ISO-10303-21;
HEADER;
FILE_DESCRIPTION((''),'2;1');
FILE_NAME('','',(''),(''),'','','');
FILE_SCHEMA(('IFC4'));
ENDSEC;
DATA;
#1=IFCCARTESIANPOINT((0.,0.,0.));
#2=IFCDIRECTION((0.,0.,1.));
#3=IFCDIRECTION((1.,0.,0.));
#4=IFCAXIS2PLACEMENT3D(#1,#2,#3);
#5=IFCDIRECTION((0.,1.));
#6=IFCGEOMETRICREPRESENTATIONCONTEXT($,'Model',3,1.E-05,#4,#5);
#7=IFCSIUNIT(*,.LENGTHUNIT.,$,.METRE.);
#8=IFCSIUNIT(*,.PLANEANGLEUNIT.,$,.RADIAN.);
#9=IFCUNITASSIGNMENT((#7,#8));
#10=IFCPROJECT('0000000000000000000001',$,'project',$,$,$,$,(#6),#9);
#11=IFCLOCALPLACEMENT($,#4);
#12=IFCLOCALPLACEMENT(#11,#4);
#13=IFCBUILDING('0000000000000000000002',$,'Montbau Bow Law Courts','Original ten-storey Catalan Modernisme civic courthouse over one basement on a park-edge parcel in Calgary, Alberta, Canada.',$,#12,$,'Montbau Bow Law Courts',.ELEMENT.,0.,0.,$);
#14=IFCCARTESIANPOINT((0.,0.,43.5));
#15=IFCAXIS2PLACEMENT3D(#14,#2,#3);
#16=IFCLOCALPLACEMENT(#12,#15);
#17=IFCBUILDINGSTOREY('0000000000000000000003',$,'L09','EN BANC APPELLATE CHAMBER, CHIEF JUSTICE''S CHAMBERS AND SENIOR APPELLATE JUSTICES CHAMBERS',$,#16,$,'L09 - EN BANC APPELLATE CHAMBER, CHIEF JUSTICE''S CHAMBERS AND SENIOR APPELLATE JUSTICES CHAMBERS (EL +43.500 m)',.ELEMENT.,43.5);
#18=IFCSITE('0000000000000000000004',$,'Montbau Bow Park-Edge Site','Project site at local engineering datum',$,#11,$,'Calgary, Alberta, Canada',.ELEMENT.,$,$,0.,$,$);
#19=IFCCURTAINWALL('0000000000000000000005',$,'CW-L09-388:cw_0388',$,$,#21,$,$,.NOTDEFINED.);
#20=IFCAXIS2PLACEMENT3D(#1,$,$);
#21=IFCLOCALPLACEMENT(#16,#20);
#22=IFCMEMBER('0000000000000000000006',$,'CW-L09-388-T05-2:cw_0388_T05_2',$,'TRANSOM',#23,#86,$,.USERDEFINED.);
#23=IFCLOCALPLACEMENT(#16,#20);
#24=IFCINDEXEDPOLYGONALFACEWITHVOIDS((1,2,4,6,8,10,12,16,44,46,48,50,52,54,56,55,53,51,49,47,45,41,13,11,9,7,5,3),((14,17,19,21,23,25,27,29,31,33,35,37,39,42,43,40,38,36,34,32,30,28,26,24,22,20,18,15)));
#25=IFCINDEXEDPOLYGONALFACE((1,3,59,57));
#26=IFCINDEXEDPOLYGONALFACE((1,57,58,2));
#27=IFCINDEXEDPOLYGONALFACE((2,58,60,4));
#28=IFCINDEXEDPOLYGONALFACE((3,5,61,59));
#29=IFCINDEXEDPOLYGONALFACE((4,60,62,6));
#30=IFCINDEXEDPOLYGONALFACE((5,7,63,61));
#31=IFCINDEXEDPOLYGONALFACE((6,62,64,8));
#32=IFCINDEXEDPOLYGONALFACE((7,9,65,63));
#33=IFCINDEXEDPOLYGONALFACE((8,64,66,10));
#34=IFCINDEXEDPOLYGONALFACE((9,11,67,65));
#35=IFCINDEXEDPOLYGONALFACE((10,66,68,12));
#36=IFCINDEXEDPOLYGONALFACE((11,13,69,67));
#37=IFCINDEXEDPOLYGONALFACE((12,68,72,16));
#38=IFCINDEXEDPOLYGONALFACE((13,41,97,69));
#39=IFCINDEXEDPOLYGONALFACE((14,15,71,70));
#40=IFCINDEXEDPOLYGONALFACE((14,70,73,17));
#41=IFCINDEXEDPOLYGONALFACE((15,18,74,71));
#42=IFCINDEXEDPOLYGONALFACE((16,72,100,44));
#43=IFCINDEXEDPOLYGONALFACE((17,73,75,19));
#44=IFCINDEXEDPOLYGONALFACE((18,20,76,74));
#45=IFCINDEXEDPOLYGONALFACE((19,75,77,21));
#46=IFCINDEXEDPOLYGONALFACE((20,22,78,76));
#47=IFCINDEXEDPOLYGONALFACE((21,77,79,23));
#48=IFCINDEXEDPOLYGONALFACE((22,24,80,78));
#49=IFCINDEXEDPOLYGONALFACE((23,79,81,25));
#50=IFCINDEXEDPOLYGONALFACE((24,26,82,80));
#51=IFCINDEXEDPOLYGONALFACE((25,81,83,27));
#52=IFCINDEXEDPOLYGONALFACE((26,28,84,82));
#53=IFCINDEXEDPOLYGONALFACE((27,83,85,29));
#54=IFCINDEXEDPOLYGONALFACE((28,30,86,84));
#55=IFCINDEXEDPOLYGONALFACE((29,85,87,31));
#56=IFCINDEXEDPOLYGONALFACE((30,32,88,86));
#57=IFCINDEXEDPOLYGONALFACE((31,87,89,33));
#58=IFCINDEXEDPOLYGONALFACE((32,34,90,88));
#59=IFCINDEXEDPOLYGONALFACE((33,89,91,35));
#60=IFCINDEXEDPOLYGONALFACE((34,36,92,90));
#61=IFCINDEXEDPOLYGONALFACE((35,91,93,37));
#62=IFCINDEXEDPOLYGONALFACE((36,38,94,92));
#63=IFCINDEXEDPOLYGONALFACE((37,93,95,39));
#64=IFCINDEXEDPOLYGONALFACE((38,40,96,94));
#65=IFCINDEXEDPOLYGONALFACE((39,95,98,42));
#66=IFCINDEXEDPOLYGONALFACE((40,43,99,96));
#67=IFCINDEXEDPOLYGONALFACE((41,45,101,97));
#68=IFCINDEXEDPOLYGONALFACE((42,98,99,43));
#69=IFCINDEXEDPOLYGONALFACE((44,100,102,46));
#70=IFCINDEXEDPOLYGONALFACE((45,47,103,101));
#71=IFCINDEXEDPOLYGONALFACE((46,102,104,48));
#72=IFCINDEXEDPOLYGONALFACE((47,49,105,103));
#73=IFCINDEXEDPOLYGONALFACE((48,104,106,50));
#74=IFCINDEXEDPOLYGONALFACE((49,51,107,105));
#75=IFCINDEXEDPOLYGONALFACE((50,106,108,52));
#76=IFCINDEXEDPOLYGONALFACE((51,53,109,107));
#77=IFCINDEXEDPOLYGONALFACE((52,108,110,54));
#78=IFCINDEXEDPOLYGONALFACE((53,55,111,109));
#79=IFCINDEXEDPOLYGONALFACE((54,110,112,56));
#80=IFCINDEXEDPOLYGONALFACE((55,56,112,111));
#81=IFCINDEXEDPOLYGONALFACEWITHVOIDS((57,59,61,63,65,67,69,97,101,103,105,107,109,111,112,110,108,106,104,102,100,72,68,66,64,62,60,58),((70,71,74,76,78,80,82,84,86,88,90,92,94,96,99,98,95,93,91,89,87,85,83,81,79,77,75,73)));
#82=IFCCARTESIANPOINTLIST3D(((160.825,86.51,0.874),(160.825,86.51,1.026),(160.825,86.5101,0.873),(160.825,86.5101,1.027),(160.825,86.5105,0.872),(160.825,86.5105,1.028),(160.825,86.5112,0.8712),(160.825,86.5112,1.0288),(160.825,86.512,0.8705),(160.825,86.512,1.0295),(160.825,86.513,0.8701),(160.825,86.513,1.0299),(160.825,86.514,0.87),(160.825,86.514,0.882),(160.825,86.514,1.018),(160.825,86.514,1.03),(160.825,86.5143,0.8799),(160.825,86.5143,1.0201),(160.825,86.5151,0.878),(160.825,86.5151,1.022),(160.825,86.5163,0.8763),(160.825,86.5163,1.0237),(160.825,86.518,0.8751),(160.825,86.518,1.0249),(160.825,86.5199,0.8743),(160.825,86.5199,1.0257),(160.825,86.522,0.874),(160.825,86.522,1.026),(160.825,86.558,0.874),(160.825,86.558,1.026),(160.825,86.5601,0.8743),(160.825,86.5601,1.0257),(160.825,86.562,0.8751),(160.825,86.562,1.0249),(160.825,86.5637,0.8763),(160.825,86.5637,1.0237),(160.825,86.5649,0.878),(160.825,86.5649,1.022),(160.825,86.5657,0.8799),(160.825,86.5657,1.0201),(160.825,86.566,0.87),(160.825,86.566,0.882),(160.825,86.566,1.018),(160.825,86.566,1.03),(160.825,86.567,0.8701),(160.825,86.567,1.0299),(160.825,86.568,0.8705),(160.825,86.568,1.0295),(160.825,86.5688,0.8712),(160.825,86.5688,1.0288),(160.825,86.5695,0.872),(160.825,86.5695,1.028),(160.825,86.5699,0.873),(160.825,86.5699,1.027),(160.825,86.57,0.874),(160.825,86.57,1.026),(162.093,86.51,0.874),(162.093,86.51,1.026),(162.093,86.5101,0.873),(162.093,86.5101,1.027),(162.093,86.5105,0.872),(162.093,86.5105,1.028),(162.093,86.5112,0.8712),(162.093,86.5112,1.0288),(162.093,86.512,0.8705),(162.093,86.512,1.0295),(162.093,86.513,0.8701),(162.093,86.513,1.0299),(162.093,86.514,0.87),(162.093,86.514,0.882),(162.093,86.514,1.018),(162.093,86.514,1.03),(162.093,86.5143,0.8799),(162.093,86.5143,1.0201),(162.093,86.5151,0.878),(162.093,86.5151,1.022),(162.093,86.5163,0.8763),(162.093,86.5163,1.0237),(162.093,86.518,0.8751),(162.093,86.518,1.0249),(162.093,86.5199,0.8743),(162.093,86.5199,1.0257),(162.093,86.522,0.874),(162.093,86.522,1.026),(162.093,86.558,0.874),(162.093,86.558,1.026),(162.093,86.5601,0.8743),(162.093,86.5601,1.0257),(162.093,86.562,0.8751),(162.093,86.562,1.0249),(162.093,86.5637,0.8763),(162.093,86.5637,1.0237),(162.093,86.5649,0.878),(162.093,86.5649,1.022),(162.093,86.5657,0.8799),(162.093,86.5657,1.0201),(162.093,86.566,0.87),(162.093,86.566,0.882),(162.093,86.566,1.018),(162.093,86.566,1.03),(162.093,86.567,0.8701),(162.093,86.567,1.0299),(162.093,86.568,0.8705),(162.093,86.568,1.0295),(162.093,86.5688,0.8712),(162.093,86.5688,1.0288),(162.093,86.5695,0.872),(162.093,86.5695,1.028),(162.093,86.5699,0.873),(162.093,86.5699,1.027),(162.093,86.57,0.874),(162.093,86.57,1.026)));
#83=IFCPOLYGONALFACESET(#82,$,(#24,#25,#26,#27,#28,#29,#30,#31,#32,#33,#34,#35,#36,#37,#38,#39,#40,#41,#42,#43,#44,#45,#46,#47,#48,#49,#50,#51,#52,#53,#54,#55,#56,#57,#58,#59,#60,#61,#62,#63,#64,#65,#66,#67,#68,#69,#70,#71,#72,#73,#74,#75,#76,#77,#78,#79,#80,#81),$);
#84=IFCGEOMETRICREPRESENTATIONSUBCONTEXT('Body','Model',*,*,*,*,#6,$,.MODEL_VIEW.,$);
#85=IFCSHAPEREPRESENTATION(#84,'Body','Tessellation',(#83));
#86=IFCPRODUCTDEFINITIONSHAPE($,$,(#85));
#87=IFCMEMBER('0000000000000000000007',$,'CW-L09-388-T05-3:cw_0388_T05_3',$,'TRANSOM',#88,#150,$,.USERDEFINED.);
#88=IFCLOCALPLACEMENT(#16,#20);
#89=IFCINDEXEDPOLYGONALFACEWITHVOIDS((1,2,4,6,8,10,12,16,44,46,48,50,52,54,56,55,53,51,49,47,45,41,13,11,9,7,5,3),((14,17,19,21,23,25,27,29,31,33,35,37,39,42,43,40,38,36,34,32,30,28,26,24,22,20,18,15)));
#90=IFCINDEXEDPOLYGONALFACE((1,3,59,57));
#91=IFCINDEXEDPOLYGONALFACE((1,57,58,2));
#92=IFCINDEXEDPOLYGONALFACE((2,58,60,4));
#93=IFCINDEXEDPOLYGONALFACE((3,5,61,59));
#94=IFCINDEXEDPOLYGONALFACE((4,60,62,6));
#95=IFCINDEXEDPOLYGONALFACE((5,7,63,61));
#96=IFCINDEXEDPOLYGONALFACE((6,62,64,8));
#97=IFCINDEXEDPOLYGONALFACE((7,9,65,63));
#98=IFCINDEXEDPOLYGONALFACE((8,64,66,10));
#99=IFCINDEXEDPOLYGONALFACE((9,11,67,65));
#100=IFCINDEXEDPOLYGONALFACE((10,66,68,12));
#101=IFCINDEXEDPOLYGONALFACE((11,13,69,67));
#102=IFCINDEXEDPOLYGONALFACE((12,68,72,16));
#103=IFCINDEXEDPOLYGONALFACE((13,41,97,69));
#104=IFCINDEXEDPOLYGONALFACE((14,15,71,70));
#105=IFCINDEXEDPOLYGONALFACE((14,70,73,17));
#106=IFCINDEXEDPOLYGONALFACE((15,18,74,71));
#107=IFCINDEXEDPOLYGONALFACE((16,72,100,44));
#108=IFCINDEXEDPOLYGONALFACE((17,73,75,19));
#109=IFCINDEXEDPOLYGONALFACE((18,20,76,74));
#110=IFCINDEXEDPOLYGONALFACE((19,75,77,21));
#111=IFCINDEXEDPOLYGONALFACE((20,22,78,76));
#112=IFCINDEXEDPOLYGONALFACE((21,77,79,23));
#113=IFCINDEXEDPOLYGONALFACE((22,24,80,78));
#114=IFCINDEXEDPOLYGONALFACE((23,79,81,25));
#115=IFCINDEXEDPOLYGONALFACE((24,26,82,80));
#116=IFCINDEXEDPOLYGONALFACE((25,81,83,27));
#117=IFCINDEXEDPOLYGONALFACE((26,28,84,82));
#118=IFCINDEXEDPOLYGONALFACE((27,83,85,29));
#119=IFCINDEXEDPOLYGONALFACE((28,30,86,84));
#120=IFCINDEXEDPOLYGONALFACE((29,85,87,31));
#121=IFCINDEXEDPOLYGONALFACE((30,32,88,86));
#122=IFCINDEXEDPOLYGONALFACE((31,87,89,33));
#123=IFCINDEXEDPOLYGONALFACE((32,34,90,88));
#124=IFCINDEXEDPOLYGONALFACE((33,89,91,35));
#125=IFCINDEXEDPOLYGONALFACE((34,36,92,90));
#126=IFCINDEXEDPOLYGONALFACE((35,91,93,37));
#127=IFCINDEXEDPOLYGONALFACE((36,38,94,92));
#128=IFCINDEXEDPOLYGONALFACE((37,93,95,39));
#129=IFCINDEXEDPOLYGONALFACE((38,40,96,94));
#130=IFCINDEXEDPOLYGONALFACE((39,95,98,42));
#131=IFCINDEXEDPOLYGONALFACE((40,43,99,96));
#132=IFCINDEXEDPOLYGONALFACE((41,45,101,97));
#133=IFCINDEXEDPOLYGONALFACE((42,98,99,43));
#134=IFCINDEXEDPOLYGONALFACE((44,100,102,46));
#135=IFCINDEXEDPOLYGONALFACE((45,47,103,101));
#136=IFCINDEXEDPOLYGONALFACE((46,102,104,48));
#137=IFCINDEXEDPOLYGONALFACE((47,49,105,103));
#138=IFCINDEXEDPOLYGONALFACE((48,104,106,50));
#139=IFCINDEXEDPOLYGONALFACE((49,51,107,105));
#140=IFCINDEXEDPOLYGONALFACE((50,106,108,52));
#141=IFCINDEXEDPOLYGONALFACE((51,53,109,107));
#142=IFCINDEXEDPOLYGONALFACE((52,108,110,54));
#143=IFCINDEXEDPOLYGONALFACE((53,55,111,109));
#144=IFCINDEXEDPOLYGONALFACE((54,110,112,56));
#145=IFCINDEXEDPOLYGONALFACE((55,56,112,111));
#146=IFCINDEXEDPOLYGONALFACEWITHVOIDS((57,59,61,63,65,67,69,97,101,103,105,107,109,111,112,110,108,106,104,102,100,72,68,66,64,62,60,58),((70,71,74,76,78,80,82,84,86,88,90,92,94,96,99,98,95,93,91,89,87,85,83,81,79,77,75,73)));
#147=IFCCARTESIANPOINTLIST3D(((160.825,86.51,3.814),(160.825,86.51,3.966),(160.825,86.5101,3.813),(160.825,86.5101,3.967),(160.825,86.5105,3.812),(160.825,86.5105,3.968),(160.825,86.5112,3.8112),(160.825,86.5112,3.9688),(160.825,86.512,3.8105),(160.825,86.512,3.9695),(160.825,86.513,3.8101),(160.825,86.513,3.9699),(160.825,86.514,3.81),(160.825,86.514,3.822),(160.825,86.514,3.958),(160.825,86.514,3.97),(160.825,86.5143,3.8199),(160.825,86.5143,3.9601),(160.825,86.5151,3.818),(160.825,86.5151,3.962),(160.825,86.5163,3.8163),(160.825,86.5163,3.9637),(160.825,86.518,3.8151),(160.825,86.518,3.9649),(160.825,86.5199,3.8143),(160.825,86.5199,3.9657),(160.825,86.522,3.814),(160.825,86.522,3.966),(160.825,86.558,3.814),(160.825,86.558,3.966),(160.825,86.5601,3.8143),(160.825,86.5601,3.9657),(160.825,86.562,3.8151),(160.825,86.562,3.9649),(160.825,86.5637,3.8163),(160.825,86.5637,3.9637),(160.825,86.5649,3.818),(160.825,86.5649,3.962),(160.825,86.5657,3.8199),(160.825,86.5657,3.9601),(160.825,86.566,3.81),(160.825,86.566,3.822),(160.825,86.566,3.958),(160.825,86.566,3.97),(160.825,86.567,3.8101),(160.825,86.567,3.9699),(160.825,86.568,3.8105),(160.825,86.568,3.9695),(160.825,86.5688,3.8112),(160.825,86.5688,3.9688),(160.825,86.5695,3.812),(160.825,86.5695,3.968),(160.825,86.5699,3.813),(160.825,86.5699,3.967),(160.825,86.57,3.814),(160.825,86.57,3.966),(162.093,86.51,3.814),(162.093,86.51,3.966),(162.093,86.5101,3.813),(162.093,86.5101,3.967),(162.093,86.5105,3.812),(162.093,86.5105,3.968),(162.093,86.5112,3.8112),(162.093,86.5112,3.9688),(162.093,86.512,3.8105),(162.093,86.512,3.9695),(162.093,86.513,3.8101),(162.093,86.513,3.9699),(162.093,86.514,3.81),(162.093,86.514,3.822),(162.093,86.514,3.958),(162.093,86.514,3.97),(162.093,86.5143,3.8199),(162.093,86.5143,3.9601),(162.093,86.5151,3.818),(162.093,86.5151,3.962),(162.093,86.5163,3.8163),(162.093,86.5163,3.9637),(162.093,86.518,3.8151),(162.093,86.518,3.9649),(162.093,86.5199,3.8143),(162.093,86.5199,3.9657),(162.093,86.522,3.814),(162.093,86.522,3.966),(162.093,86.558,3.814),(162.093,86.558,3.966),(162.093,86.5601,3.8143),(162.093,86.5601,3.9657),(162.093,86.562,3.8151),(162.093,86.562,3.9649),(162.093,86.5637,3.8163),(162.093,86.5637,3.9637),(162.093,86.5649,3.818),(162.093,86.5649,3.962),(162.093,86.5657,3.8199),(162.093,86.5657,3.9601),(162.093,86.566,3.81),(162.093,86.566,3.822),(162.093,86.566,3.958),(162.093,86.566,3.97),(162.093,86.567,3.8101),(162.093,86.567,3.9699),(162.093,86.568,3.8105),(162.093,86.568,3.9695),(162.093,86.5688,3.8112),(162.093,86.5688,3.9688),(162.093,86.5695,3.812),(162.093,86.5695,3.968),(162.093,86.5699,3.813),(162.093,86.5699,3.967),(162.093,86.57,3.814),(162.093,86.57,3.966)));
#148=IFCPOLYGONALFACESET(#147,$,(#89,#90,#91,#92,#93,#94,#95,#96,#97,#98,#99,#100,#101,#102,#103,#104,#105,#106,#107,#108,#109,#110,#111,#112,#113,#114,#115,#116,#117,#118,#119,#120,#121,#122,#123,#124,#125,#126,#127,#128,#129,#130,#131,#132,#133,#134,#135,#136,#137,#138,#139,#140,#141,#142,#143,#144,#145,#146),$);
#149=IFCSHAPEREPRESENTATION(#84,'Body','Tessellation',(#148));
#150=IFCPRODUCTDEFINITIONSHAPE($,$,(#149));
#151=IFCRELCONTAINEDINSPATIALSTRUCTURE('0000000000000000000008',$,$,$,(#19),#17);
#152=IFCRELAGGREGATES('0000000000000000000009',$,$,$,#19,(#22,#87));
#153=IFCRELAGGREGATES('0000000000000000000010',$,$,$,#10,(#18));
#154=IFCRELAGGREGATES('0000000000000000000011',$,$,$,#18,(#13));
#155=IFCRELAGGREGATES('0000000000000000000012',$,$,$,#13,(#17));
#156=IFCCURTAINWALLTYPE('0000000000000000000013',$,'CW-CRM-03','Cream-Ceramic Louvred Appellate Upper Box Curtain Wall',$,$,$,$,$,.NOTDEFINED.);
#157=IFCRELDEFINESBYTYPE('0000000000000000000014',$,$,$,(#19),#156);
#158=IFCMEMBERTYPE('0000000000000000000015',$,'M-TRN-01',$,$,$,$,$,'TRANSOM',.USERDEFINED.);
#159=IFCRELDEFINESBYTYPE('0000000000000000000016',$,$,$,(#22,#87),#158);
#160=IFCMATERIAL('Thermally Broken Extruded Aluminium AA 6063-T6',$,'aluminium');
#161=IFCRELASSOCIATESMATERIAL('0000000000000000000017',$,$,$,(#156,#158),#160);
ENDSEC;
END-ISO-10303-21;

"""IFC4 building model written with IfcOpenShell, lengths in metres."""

from ifc_helpers import new_model, si_unit, direction, frame, origin_with_axes, origin_2d_with_axis, place, context, subcontext, project, spatial, hollow_rectangle, extrude, material, material_profile, profile_set, type_object, element, aggregate, save


model = new_model("IFC4")

# Units and contexts
model_context = context("Model", 3, precision=1e-05, world=origin_with_axes(), true_north=direction((0.0, 1.0)))
body_context = subcontext(model_context, "Body", "Model", "MODEL_VIEW")
ifc_project = project(units=[si_unit("LENGTHUNIT", "METRE"), si_unit("PLANEANGLEUNIT", "RADIAN")], contexts=[model_context])

# Site, building, storey
site_placement = place(None, origin_with_axes())
site = spatial("IfcSite", under=ifc_project, at=site_placement, Name="Montbau Bow Park-Edge Site", Description="Project site at local engineering datum", LongName="Calgary, Alberta, Canada", CompositionType="ELEMENT", RefElevation=0.0)
building_placement = place(site_placement, origin_with_axes())
building = spatial("IfcBuilding", under=site, at=building_placement, Name="Montbau Bow Law Courts", Description="Original ten-storey Catalan Modernisme civic courthouse over one basement on a park-edge parcel in Calgary, Alberta, Canada.", LongName="Montbau Bow Law Courts", CompositionType="ELEMENT", ElevationOfRefHeight=0.0, ElevationOfTerrain=0.0)
storey_placement = place(building_placement, frame((0.0, 0.0, 43.5), z_axis=(0.0, 0.0, 1.0), x_axis=(1.0, 0.0, 0.0)))
storey = spatial("IfcBuildingStorey", under=building, at=storey_placement, Name="L09", Description="EN BANC APPELLATE CHAMBER, CHIEF JUSTICE'S CHAMBERS AND SENIOR APPELLATE JUSTICES CHAMBERS", LongName="L09 - EN BANC APPELLATE CHAMBER, CHIEF JUSTICE'S CHAMBERS AND SENIOR APPELLATE JUSTICES CHAMBERS (EL +43.500 m)", CompositionType="ELEMENT", Elevation=43.5)

# Curtain wall
ifc_material_1 = material(Name="Thermally Broken Extruded Aluminium AA 6063-T6", Category="aluminium")
curtain_wall_type = type_object("IfcCurtainWallType", Name="CW-CRM-03", Description="Cream-Ceramic Louvred Appellate Upper Box Curtain Wall", PredefinedType="NOTDEFINED", material=ifc_material_1)
curtain_wall_1_placement = place(None, frame((155.315, 86.54, 43.5), z_axis=(0.0, 0.0, 1.0), x_axis=(1.0, 0.0, 0.0)))
curtain_wall_1 = element("IfcCurtainWall", 1, at=curtain_wall_1_placement, inside=storey, type_object=curtain_wall_type, Name="CW-L09-388:cw_0388", PredefinedType="NOTDEFINED")

# Members
ifc_material_profile_1 = material_profile(ifc_material_1, hollow_rectangle(XDim=0.06, YDim=0.16, WallThickness=0.004, InnerFilletRadius=0.008, OuterFilletRadius=0.004, at=origin_2d_with_axis()), Name="CWT-160X60", Category="Main", Priority=0)
ifc_profile_set_1 = profile_set([ifc_material_profile_1], Name="Thermally Broken Extruded Aluminium AA 6063-T6")
member_type_1 = type_object("IfcMemberType", Name="M-TRN-01", ElementType="TRANSOM", PredefinedType="USERDEFINED", material=ifc_profile_set_1)
member_1_placement = place(None, frame((160.825, 86.54, 44.45), z_axis=(1.0, 0.0, 0.0), x_axis=(0.0, 1.0, 0.0)))
member_1 = element("IfcMember", 2, at=member_1_placement, type_object=member_type_1, Name="CW-L09-388-T05-2:cw_0388_T05_2", ObjectType="TRANSOM", PredefinedType="USERDEFINED", context=body_context, shape_type="SweptSolid", body=[
    extrude(hollow_rectangle(XDim=0.06, YDim=0.16, WallThickness=0.004, InnerFilletRadius=0.008, OuterFilletRadius=0.004, at=origin_2d_with_axis()), origin_with_axes(), (0.0, 0.0, 1.0), 1.268),
])
member_2_placement = place(None, frame((160.825, 86.54, 47.39), z_axis=(1.0, 0.0, 0.0), x_axis=(0.0, 1.0, 0.0)))
member_2 = element("IfcMember", 3, at=member_2_placement, type_object=member_type_1, Name="CW-L09-388-T05-3:cw_0388_T05_3", ObjectType="TRANSOM", PredefinedType="USERDEFINED", context=body_context, shape_type="SweptSolid", body=[
    extrude(hollow_rectangle(XDim=0.06, YDim=0.16, WallThickness=0.004, InnerFilletRadius=0.008, OuterFilletRadius=0.004, at=origin_2d_with_axis()), origin_with_axes(), (0.0, 0.0, 1.0), 1.268),
])

aggregate(curtain_wall_1, [member_1, member_2])

save(model, "model.ifc")
